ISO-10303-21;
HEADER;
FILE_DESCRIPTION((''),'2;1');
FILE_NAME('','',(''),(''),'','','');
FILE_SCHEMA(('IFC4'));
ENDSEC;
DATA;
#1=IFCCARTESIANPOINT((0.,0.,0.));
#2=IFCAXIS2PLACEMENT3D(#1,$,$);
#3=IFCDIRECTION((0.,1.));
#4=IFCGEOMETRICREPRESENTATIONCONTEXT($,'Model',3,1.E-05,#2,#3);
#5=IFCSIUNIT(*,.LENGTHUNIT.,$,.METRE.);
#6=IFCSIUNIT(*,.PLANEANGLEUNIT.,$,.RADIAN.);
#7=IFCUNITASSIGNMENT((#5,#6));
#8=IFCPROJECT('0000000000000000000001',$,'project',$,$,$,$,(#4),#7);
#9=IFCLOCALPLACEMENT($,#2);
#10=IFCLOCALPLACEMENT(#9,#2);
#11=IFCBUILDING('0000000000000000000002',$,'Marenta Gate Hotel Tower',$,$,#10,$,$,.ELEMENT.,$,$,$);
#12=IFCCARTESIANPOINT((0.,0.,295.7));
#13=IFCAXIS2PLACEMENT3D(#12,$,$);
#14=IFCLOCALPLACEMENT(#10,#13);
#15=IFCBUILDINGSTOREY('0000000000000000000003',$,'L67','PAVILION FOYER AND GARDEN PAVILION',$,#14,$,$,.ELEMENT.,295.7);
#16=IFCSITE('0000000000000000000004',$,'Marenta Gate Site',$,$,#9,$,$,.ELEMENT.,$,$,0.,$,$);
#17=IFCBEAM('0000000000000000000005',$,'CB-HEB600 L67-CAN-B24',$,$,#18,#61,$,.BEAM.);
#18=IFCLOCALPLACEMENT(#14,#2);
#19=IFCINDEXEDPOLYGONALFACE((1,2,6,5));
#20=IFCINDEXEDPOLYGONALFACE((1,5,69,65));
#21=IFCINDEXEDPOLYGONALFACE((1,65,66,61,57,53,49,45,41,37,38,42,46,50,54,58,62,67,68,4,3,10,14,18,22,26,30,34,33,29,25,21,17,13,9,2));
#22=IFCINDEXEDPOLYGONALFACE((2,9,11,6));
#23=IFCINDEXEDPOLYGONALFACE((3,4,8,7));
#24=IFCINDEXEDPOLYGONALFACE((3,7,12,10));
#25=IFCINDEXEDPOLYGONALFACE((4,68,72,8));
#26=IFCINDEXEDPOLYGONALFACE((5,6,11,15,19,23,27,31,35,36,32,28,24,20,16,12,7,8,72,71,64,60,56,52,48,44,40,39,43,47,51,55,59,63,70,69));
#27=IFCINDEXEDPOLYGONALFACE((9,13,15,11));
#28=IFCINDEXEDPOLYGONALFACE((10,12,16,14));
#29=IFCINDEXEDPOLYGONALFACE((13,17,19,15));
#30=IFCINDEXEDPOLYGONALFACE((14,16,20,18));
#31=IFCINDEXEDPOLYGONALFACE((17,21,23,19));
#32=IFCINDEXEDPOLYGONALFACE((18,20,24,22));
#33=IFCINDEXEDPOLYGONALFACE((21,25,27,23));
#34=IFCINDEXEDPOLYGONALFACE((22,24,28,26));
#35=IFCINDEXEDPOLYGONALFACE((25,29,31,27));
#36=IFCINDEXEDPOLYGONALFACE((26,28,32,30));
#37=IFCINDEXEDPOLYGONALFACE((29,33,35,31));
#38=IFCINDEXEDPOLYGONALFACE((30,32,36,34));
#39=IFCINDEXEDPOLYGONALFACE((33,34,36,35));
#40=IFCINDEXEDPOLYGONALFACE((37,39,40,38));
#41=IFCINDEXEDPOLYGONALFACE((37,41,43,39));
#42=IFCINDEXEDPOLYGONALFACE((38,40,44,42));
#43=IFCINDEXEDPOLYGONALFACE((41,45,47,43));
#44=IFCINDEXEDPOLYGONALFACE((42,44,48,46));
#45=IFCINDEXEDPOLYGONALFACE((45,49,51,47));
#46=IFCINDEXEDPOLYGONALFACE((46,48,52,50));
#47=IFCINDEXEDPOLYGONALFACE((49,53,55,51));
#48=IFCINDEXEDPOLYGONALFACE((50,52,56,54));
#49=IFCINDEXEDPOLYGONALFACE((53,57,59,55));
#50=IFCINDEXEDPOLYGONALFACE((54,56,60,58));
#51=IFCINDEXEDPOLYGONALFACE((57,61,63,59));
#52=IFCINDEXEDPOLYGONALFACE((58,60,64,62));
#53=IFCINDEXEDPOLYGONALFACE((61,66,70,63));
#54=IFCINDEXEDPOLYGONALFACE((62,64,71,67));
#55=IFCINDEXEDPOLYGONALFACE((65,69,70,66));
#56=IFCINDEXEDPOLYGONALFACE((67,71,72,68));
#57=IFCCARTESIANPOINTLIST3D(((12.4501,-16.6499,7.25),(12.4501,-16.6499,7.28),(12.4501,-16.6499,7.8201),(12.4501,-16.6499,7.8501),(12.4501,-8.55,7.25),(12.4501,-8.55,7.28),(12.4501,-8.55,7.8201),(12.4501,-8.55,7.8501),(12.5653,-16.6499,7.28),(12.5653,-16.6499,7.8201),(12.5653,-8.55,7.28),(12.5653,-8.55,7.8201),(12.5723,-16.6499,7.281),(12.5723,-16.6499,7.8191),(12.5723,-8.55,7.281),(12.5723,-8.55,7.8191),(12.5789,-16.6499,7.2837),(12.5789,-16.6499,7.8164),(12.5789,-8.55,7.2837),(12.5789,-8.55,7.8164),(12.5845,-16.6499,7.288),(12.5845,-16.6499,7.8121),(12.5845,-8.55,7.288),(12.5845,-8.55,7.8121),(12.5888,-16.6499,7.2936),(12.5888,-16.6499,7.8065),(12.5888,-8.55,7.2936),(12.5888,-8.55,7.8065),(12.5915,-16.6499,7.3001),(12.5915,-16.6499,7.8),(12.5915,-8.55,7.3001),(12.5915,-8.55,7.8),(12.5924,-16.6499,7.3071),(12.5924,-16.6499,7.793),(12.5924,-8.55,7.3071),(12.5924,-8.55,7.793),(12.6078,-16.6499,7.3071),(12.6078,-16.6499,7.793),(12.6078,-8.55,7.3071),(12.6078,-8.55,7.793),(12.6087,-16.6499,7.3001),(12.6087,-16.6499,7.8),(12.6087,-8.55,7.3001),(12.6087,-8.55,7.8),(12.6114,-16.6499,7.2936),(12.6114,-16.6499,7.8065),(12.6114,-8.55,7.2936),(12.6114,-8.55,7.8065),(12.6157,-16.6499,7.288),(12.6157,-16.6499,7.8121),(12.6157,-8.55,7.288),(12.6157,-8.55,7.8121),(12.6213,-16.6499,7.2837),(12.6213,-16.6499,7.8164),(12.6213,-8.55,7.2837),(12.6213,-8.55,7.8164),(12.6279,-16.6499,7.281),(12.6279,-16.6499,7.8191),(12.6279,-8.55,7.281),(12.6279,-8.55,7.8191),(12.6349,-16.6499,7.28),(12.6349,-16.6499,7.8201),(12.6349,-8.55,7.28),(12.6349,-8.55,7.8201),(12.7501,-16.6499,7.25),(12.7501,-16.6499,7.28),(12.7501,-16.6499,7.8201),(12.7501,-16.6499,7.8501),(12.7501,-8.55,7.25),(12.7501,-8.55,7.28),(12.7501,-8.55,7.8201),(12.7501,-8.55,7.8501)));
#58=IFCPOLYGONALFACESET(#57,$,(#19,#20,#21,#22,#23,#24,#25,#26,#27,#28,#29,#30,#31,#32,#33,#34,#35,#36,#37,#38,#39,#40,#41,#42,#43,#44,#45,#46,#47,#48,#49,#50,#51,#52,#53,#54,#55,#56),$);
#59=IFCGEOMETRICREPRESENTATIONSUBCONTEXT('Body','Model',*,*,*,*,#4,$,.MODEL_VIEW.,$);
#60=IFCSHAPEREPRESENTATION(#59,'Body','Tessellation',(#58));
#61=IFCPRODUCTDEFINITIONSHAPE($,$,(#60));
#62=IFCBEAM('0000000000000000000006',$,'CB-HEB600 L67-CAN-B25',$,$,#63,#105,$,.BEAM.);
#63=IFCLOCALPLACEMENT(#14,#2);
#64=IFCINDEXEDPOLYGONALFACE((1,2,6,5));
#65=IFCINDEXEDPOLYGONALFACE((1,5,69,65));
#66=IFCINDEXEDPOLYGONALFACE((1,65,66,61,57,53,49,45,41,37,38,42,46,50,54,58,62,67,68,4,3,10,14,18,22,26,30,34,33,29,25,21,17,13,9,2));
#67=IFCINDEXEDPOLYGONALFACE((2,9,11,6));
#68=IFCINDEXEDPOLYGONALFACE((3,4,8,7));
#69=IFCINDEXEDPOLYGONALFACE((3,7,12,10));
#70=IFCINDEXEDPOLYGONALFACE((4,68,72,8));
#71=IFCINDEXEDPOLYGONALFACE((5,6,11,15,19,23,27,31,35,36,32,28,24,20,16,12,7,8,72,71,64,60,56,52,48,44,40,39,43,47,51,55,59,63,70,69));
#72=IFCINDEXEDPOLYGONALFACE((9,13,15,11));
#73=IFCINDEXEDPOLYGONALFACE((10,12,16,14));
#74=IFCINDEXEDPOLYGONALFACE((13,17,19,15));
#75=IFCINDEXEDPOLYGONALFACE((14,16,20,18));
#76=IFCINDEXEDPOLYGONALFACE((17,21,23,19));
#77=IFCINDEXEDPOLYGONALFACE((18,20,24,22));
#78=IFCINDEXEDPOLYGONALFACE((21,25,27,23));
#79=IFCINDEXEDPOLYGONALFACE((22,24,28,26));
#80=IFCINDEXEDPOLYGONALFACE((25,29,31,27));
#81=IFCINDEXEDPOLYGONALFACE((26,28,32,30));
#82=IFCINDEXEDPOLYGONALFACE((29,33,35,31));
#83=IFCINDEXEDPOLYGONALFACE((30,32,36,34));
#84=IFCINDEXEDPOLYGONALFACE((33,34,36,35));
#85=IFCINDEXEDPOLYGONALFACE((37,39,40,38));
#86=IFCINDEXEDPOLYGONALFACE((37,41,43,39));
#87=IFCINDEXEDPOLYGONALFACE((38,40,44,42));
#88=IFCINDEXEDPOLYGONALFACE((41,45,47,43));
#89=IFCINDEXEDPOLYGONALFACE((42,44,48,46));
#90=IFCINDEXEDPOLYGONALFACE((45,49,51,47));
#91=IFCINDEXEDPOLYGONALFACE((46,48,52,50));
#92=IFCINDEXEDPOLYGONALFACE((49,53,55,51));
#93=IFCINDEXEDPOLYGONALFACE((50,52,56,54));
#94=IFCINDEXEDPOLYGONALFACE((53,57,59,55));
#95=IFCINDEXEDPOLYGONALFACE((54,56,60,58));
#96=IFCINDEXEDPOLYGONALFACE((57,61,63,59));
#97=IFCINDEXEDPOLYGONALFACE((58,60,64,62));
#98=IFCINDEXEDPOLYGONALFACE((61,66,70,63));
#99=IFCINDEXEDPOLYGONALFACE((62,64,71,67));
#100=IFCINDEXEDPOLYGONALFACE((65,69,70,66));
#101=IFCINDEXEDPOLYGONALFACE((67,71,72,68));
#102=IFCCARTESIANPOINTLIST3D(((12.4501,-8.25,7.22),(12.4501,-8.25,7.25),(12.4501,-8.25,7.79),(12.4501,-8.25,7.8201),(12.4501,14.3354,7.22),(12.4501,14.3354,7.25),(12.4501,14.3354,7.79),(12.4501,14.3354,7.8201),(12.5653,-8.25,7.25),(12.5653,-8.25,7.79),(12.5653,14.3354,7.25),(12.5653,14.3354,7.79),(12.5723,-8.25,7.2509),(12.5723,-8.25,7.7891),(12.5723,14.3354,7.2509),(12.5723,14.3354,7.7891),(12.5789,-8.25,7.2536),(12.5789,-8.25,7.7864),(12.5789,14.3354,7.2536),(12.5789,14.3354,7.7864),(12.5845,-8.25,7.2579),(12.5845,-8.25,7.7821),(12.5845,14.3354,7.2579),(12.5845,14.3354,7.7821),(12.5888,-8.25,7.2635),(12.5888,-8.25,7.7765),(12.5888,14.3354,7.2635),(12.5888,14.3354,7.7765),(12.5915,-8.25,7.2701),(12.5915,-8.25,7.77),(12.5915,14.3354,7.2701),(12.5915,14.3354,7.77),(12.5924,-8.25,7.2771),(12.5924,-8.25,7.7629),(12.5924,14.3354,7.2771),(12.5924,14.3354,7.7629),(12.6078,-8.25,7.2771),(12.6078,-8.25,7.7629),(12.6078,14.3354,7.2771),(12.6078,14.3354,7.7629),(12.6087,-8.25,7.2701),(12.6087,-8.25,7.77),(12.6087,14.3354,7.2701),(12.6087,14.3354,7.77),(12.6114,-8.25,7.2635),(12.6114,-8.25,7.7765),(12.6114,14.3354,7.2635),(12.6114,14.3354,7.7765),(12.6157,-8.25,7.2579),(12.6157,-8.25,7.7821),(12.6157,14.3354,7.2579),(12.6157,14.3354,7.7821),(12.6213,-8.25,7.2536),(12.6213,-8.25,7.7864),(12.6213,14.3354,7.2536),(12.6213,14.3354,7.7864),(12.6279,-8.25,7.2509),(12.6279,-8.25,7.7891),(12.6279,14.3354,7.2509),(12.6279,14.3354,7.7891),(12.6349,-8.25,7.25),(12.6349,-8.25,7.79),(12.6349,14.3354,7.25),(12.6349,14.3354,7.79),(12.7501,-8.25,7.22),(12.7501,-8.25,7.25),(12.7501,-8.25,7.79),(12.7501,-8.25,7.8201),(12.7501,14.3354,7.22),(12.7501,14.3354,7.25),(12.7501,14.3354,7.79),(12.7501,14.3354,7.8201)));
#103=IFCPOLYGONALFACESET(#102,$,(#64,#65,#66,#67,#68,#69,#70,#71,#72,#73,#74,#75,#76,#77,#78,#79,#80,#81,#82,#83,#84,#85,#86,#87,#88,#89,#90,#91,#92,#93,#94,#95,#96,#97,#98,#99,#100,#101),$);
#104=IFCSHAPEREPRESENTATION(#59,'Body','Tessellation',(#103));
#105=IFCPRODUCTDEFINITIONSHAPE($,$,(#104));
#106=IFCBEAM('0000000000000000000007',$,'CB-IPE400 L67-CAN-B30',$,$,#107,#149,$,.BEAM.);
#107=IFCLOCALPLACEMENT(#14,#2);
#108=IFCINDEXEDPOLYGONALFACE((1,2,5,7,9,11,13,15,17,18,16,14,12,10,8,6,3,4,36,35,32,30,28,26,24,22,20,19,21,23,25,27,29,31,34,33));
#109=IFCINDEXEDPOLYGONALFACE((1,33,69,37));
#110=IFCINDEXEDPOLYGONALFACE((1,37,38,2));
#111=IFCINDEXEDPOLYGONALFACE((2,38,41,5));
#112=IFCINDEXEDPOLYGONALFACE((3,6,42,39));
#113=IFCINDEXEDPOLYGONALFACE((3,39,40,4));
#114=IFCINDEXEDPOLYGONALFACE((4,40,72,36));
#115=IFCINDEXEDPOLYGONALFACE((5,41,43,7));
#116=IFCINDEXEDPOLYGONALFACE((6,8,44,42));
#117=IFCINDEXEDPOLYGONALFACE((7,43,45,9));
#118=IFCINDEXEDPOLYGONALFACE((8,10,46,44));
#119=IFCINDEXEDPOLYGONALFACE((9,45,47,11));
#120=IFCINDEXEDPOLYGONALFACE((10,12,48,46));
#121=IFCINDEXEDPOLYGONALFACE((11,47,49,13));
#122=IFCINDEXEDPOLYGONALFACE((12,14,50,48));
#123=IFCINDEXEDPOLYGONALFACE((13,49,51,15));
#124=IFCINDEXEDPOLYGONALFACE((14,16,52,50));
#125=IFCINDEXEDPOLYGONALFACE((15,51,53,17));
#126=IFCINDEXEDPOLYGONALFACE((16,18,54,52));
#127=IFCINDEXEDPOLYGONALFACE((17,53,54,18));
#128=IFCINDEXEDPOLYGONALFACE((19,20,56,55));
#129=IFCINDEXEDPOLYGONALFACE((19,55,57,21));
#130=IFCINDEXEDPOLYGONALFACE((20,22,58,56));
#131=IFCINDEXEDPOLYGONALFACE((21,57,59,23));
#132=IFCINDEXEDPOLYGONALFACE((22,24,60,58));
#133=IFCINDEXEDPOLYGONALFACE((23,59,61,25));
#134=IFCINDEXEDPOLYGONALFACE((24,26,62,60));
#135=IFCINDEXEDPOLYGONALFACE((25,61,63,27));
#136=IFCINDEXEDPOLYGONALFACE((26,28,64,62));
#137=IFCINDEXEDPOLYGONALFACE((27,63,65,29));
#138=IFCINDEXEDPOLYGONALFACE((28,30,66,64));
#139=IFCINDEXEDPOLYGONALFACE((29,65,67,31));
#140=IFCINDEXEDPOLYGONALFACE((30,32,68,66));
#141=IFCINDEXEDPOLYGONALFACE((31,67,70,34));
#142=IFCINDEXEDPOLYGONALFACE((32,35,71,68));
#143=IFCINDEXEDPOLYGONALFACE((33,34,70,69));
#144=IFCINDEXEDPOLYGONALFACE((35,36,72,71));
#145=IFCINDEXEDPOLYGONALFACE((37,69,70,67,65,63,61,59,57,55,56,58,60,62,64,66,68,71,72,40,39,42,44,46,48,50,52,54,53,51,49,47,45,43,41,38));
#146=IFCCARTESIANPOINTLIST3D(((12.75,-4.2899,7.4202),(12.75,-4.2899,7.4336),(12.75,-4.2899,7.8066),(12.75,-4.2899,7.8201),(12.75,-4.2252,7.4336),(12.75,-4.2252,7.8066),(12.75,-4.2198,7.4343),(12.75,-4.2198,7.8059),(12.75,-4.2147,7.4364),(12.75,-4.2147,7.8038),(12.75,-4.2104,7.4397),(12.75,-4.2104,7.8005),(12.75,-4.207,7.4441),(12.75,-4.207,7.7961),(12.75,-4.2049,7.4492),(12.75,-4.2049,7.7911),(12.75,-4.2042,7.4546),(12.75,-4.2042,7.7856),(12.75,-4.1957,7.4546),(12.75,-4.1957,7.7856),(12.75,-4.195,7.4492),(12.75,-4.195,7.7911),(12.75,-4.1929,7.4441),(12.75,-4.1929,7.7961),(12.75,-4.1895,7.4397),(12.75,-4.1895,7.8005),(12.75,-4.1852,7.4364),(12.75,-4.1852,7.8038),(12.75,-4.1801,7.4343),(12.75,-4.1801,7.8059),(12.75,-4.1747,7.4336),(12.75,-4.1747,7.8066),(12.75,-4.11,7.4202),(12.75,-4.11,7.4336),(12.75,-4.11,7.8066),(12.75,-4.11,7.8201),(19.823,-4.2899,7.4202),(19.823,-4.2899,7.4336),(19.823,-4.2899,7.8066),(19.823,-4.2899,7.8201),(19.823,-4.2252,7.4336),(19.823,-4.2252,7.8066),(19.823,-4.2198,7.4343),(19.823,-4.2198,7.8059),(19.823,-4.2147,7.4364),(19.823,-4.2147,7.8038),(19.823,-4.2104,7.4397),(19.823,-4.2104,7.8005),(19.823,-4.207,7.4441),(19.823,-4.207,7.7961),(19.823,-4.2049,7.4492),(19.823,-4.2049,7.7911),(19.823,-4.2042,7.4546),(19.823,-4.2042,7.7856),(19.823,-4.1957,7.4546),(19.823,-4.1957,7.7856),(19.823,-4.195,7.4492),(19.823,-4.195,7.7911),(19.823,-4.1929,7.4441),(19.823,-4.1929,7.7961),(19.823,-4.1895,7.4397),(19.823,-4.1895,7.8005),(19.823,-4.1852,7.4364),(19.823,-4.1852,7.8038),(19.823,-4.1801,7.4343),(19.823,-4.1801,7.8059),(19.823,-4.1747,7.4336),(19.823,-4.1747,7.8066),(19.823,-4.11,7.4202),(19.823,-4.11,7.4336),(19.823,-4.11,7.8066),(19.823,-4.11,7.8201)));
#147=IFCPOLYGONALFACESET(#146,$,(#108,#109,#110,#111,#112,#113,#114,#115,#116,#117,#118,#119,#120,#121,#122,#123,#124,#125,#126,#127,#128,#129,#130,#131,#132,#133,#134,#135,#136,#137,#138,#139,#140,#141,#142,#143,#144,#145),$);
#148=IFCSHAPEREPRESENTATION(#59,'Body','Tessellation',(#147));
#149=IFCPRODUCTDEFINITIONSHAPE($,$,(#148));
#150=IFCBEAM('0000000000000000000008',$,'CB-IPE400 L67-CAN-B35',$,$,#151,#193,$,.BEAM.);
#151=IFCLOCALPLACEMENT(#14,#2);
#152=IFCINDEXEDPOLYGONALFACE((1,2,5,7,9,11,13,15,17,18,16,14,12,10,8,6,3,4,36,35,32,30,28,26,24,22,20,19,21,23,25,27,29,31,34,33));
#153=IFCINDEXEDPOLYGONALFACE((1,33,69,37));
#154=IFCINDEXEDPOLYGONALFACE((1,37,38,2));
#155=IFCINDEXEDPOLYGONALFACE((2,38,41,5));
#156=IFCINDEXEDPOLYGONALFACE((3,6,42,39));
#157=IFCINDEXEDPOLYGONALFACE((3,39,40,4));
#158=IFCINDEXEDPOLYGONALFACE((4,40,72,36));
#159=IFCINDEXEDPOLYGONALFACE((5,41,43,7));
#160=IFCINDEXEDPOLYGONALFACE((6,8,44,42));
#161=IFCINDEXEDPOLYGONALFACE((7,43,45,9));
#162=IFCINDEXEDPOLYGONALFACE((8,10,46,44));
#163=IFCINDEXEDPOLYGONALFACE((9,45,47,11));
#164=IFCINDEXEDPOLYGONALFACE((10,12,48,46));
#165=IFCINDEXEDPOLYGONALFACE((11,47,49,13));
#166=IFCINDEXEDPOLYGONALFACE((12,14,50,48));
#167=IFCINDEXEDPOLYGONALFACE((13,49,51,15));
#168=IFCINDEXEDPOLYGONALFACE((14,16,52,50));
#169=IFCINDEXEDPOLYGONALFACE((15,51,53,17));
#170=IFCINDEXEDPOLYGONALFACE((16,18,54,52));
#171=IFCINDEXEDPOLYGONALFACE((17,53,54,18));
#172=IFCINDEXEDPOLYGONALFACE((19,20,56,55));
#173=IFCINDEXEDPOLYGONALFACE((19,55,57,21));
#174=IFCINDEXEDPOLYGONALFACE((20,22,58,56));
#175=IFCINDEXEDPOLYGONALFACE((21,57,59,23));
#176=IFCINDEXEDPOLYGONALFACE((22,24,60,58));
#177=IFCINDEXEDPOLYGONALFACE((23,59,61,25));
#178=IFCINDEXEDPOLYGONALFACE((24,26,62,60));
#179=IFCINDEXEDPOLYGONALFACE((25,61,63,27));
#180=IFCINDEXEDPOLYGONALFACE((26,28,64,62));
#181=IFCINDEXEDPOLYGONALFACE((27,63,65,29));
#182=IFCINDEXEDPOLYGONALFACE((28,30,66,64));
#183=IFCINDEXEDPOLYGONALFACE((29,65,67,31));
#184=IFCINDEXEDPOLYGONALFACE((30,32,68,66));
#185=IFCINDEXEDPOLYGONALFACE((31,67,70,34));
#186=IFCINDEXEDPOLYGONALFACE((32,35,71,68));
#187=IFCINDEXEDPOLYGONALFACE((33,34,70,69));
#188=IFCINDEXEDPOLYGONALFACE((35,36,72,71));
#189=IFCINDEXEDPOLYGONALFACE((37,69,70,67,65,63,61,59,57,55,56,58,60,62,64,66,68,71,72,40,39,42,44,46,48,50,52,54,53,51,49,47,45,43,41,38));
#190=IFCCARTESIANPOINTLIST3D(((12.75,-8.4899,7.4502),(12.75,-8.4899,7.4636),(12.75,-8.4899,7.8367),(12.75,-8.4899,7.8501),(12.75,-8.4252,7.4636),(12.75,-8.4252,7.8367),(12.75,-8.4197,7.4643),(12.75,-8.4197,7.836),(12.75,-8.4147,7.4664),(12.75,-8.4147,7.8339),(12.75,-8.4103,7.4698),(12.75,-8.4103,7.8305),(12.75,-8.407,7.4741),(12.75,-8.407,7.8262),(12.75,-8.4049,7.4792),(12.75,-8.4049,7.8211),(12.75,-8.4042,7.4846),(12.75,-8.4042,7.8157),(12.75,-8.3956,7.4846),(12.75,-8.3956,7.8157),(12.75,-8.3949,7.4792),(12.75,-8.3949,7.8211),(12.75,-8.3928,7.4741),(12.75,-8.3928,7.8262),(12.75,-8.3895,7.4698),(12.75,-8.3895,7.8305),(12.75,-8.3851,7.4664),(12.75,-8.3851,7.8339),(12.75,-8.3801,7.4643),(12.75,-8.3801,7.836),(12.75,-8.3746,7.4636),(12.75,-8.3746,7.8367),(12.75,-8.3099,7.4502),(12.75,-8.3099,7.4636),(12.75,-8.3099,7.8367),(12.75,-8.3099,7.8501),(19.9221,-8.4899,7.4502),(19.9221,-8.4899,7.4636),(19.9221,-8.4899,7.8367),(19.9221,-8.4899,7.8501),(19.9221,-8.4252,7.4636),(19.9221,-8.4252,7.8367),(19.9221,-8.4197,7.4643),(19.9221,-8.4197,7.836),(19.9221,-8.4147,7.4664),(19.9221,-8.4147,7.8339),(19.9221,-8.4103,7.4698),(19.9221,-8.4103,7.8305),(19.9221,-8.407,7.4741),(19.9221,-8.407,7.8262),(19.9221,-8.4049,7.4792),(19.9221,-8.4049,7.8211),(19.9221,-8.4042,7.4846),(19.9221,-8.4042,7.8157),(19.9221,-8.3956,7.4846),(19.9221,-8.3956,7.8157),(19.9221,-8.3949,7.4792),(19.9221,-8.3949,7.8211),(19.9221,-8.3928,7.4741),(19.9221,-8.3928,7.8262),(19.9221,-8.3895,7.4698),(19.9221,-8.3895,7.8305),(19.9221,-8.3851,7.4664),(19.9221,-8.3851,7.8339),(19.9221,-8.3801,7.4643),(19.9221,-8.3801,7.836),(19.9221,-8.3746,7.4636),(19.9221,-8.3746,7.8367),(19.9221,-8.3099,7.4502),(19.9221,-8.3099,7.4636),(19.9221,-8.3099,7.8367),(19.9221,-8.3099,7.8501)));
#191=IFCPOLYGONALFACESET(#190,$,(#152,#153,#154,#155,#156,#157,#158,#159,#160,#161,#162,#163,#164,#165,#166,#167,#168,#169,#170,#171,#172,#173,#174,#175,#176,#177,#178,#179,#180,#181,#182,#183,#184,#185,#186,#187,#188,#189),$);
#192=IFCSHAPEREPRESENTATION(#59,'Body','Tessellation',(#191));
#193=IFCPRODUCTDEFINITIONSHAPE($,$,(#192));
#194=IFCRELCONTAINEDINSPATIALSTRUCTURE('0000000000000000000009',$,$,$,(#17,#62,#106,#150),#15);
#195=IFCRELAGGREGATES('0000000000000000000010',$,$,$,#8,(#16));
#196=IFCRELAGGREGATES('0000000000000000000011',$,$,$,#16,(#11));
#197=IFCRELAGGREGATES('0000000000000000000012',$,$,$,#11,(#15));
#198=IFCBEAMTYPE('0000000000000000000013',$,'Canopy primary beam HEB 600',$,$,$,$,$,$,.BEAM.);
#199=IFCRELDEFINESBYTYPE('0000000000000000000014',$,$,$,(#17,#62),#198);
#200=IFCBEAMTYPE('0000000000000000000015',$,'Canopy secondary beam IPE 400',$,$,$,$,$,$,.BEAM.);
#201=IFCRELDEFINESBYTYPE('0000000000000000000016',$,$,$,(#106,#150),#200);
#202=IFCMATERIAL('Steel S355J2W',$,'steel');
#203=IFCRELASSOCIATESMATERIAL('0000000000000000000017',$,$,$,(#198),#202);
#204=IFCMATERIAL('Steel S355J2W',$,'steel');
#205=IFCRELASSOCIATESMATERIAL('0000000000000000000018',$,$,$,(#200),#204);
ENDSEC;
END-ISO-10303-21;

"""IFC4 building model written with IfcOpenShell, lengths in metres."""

from ifc_helpers import new_model, si_unit, direction, frame, origin, origin_2d, place, context, subcontext, project, spatial, i_section, extrude, material, material_profile, profile_set, type_object, element, save


model = new_model("IFC4")

# Units and contexts
model_context = context("Model", 3, precision=1e-05, world=origin(), true_north=direction((0.0, 1.0)))
body_context = subcontext(model_context, "Body", "Model", "MODEL_VIEW")
ifc_project = project(units=[si_unit("LENGTHUNIT", "METRE"), si_unit("PLANEANGLEUNIT", "RADIAN")], contexts=[model_context])

# Site, building, storey
site_placement = place(None, origin())
site = spatial("IfcSite", under=ifc_project, at=site_placement, Name="Marenta Gate Site", CompositionType="ELEMENT", RefElevation=0.0)
building_placement = place(site_placement, origin())
building = spatial("IfcBuilding", under=site, at=building_placement, Name="Marenta Gate Hotel Tower", CompositionType="ELEMENT")
storey_placement = place(building_placement, frame((0.0, 0.0, 295.7)))
storey = spatial("IfcBuildingStorey", under=building, at=storey_placement, Name="L67", Description="PAVILION FOYER AND GARDEN PAVILION", CompositionType="ELEMENT", Elevation=295.7)

# Beams
ifc_material_1 = material(Name="Steel S355J2W", Category="steel")
ifc_material_profile_1 = material_profile(ifc_material_1, i_section(OverallWidth=0.3, OverallDepth=0.6001, WebThickness=0.0154, FlangeThickness=0.03, FilletRadius=0.0271, at=origin_2d()), Name="HEB 600")
ifc_profile_set_1 = profile_set([ifc_material_profile_1], Name="Steel S355J2W")
beam_type_1 = type_object("IfcBeamType", Name="Canopy primary beam HEB 600", PredefinedType="BEAM", material=ifc_profile_set_1)
beam_1_placement = place(storey_placement, frame((12.6001, -16.6499, 7.55), z_axis=(0.0, 1.0, 0.0), x_axis=(-1.0, 0.0, 0.0)))
element("IfcBeam", 1, at=beam_1_placement, inside=storey, type_object=beam_type_1, Name="CB-HEB600 L67-CAN-B24", PredefinedType="BEAM", context=body_context, shape_type="SweptSolid", body=[
    extrude(i_section(OverallWidth=0.3, OverallDepth=0.6001, WebThickness=0.0154, FlangeThickness=0.03, FilletRadius=0.0271, at=origin_2d()), origin(), (0.0, 0.0, 1.0), 8.0999),
])
beam_2_placement = place(storey_placement, frame((12.6001, -8.25, 7.52), z_axis=(0.0, 1.0, 0.0), x_axis=(-1.0, 0.0, 0.0)))
element("IfcBeam", 2, at=beam_2_placement, inside=storey, type_object=beam_type_1, Name="CB-HEB600 L67-CAN-B25", PredefinedType="BEAM", context=body_context, shape_type="SweptSolid", body=[
    extrude(i_section(OverallWidth=0.3, OverallDepth=0.6001, WebThickness=0.0154, FlangeThickness=0.03, FilletRadius=0.0271, at=origin_2d()), origin(), (0.0, 0.0, 1.0), 22.5854),
])
ifc_material_2 = material(Name="Steel S355J2W", Category="steel")
ifc_material_profile_2 = material_profile(ifc_material_2, i_section(OverallWidth=0.1799, OverallDepth=0.3999, WebThickness=0.0085, FlangeThickness=0.0134, FilletRadius=0.021, at=origin_2d()), Name="IPE 400")
ifc_profile_set_2 = profile_set([ifc_material_profile_2], Name="Steel S355J2W")
beam_type_2 = type_object("IfcBeamType", Name="Canopy secondary beam IPE 400", PredefinedType="BEAM", material=ifc_profile_set_2)
beam_3_placement = place(storey_placement, frame((12.75, -4.2, 7.6201), z_axis=(1.0, 0.0, 0.0), x_axis=(0.0, 1.0, 0.0)))
element("IfcBeam", 3, at=beam_3_placement, inside=storey, type_object=beam_type_2, Name="CB-IPE400 L67-CAN-B30", PredefinedType="BEAM", context=body_context, shape_type="SweptSolid", body=[
    extrude(i_section(OverallWidth=0.1799, OverallDepth=0.3999, WebThickness=0.0085, FlangeThickness=0.0134, FilletRadius=0.021, at=origin_2d()), origin(), (0.0, 0.0, 1.0), 7.073),
])
beam_4_placement = place(storey_placement, frame((12.75, -8.3999, 7.6501), z_axis=(1.0, 0.0, 0.0), x_axis=(0.0, 1.0, 0.0)))
element("IfcBeam", 4, at=beam_4_placement, inside=storey, type_object=beam_type_2, Name="CB-IPE400 L67-CAN-B35", PredefinedType="BEAM", context=body_context, shape_type="SweptSolid", body=[
    extrude(i_section(OverallWidth=0.1799, OverallDepth=0.3999, WebThickness=0.0085, FlangeThickness=0.0134, FilletRadius=0.021, at=origin_2d()), origin(), (0.0, 0.0, 1.0), 7.1721),
])

save(model, "model.ifc")
